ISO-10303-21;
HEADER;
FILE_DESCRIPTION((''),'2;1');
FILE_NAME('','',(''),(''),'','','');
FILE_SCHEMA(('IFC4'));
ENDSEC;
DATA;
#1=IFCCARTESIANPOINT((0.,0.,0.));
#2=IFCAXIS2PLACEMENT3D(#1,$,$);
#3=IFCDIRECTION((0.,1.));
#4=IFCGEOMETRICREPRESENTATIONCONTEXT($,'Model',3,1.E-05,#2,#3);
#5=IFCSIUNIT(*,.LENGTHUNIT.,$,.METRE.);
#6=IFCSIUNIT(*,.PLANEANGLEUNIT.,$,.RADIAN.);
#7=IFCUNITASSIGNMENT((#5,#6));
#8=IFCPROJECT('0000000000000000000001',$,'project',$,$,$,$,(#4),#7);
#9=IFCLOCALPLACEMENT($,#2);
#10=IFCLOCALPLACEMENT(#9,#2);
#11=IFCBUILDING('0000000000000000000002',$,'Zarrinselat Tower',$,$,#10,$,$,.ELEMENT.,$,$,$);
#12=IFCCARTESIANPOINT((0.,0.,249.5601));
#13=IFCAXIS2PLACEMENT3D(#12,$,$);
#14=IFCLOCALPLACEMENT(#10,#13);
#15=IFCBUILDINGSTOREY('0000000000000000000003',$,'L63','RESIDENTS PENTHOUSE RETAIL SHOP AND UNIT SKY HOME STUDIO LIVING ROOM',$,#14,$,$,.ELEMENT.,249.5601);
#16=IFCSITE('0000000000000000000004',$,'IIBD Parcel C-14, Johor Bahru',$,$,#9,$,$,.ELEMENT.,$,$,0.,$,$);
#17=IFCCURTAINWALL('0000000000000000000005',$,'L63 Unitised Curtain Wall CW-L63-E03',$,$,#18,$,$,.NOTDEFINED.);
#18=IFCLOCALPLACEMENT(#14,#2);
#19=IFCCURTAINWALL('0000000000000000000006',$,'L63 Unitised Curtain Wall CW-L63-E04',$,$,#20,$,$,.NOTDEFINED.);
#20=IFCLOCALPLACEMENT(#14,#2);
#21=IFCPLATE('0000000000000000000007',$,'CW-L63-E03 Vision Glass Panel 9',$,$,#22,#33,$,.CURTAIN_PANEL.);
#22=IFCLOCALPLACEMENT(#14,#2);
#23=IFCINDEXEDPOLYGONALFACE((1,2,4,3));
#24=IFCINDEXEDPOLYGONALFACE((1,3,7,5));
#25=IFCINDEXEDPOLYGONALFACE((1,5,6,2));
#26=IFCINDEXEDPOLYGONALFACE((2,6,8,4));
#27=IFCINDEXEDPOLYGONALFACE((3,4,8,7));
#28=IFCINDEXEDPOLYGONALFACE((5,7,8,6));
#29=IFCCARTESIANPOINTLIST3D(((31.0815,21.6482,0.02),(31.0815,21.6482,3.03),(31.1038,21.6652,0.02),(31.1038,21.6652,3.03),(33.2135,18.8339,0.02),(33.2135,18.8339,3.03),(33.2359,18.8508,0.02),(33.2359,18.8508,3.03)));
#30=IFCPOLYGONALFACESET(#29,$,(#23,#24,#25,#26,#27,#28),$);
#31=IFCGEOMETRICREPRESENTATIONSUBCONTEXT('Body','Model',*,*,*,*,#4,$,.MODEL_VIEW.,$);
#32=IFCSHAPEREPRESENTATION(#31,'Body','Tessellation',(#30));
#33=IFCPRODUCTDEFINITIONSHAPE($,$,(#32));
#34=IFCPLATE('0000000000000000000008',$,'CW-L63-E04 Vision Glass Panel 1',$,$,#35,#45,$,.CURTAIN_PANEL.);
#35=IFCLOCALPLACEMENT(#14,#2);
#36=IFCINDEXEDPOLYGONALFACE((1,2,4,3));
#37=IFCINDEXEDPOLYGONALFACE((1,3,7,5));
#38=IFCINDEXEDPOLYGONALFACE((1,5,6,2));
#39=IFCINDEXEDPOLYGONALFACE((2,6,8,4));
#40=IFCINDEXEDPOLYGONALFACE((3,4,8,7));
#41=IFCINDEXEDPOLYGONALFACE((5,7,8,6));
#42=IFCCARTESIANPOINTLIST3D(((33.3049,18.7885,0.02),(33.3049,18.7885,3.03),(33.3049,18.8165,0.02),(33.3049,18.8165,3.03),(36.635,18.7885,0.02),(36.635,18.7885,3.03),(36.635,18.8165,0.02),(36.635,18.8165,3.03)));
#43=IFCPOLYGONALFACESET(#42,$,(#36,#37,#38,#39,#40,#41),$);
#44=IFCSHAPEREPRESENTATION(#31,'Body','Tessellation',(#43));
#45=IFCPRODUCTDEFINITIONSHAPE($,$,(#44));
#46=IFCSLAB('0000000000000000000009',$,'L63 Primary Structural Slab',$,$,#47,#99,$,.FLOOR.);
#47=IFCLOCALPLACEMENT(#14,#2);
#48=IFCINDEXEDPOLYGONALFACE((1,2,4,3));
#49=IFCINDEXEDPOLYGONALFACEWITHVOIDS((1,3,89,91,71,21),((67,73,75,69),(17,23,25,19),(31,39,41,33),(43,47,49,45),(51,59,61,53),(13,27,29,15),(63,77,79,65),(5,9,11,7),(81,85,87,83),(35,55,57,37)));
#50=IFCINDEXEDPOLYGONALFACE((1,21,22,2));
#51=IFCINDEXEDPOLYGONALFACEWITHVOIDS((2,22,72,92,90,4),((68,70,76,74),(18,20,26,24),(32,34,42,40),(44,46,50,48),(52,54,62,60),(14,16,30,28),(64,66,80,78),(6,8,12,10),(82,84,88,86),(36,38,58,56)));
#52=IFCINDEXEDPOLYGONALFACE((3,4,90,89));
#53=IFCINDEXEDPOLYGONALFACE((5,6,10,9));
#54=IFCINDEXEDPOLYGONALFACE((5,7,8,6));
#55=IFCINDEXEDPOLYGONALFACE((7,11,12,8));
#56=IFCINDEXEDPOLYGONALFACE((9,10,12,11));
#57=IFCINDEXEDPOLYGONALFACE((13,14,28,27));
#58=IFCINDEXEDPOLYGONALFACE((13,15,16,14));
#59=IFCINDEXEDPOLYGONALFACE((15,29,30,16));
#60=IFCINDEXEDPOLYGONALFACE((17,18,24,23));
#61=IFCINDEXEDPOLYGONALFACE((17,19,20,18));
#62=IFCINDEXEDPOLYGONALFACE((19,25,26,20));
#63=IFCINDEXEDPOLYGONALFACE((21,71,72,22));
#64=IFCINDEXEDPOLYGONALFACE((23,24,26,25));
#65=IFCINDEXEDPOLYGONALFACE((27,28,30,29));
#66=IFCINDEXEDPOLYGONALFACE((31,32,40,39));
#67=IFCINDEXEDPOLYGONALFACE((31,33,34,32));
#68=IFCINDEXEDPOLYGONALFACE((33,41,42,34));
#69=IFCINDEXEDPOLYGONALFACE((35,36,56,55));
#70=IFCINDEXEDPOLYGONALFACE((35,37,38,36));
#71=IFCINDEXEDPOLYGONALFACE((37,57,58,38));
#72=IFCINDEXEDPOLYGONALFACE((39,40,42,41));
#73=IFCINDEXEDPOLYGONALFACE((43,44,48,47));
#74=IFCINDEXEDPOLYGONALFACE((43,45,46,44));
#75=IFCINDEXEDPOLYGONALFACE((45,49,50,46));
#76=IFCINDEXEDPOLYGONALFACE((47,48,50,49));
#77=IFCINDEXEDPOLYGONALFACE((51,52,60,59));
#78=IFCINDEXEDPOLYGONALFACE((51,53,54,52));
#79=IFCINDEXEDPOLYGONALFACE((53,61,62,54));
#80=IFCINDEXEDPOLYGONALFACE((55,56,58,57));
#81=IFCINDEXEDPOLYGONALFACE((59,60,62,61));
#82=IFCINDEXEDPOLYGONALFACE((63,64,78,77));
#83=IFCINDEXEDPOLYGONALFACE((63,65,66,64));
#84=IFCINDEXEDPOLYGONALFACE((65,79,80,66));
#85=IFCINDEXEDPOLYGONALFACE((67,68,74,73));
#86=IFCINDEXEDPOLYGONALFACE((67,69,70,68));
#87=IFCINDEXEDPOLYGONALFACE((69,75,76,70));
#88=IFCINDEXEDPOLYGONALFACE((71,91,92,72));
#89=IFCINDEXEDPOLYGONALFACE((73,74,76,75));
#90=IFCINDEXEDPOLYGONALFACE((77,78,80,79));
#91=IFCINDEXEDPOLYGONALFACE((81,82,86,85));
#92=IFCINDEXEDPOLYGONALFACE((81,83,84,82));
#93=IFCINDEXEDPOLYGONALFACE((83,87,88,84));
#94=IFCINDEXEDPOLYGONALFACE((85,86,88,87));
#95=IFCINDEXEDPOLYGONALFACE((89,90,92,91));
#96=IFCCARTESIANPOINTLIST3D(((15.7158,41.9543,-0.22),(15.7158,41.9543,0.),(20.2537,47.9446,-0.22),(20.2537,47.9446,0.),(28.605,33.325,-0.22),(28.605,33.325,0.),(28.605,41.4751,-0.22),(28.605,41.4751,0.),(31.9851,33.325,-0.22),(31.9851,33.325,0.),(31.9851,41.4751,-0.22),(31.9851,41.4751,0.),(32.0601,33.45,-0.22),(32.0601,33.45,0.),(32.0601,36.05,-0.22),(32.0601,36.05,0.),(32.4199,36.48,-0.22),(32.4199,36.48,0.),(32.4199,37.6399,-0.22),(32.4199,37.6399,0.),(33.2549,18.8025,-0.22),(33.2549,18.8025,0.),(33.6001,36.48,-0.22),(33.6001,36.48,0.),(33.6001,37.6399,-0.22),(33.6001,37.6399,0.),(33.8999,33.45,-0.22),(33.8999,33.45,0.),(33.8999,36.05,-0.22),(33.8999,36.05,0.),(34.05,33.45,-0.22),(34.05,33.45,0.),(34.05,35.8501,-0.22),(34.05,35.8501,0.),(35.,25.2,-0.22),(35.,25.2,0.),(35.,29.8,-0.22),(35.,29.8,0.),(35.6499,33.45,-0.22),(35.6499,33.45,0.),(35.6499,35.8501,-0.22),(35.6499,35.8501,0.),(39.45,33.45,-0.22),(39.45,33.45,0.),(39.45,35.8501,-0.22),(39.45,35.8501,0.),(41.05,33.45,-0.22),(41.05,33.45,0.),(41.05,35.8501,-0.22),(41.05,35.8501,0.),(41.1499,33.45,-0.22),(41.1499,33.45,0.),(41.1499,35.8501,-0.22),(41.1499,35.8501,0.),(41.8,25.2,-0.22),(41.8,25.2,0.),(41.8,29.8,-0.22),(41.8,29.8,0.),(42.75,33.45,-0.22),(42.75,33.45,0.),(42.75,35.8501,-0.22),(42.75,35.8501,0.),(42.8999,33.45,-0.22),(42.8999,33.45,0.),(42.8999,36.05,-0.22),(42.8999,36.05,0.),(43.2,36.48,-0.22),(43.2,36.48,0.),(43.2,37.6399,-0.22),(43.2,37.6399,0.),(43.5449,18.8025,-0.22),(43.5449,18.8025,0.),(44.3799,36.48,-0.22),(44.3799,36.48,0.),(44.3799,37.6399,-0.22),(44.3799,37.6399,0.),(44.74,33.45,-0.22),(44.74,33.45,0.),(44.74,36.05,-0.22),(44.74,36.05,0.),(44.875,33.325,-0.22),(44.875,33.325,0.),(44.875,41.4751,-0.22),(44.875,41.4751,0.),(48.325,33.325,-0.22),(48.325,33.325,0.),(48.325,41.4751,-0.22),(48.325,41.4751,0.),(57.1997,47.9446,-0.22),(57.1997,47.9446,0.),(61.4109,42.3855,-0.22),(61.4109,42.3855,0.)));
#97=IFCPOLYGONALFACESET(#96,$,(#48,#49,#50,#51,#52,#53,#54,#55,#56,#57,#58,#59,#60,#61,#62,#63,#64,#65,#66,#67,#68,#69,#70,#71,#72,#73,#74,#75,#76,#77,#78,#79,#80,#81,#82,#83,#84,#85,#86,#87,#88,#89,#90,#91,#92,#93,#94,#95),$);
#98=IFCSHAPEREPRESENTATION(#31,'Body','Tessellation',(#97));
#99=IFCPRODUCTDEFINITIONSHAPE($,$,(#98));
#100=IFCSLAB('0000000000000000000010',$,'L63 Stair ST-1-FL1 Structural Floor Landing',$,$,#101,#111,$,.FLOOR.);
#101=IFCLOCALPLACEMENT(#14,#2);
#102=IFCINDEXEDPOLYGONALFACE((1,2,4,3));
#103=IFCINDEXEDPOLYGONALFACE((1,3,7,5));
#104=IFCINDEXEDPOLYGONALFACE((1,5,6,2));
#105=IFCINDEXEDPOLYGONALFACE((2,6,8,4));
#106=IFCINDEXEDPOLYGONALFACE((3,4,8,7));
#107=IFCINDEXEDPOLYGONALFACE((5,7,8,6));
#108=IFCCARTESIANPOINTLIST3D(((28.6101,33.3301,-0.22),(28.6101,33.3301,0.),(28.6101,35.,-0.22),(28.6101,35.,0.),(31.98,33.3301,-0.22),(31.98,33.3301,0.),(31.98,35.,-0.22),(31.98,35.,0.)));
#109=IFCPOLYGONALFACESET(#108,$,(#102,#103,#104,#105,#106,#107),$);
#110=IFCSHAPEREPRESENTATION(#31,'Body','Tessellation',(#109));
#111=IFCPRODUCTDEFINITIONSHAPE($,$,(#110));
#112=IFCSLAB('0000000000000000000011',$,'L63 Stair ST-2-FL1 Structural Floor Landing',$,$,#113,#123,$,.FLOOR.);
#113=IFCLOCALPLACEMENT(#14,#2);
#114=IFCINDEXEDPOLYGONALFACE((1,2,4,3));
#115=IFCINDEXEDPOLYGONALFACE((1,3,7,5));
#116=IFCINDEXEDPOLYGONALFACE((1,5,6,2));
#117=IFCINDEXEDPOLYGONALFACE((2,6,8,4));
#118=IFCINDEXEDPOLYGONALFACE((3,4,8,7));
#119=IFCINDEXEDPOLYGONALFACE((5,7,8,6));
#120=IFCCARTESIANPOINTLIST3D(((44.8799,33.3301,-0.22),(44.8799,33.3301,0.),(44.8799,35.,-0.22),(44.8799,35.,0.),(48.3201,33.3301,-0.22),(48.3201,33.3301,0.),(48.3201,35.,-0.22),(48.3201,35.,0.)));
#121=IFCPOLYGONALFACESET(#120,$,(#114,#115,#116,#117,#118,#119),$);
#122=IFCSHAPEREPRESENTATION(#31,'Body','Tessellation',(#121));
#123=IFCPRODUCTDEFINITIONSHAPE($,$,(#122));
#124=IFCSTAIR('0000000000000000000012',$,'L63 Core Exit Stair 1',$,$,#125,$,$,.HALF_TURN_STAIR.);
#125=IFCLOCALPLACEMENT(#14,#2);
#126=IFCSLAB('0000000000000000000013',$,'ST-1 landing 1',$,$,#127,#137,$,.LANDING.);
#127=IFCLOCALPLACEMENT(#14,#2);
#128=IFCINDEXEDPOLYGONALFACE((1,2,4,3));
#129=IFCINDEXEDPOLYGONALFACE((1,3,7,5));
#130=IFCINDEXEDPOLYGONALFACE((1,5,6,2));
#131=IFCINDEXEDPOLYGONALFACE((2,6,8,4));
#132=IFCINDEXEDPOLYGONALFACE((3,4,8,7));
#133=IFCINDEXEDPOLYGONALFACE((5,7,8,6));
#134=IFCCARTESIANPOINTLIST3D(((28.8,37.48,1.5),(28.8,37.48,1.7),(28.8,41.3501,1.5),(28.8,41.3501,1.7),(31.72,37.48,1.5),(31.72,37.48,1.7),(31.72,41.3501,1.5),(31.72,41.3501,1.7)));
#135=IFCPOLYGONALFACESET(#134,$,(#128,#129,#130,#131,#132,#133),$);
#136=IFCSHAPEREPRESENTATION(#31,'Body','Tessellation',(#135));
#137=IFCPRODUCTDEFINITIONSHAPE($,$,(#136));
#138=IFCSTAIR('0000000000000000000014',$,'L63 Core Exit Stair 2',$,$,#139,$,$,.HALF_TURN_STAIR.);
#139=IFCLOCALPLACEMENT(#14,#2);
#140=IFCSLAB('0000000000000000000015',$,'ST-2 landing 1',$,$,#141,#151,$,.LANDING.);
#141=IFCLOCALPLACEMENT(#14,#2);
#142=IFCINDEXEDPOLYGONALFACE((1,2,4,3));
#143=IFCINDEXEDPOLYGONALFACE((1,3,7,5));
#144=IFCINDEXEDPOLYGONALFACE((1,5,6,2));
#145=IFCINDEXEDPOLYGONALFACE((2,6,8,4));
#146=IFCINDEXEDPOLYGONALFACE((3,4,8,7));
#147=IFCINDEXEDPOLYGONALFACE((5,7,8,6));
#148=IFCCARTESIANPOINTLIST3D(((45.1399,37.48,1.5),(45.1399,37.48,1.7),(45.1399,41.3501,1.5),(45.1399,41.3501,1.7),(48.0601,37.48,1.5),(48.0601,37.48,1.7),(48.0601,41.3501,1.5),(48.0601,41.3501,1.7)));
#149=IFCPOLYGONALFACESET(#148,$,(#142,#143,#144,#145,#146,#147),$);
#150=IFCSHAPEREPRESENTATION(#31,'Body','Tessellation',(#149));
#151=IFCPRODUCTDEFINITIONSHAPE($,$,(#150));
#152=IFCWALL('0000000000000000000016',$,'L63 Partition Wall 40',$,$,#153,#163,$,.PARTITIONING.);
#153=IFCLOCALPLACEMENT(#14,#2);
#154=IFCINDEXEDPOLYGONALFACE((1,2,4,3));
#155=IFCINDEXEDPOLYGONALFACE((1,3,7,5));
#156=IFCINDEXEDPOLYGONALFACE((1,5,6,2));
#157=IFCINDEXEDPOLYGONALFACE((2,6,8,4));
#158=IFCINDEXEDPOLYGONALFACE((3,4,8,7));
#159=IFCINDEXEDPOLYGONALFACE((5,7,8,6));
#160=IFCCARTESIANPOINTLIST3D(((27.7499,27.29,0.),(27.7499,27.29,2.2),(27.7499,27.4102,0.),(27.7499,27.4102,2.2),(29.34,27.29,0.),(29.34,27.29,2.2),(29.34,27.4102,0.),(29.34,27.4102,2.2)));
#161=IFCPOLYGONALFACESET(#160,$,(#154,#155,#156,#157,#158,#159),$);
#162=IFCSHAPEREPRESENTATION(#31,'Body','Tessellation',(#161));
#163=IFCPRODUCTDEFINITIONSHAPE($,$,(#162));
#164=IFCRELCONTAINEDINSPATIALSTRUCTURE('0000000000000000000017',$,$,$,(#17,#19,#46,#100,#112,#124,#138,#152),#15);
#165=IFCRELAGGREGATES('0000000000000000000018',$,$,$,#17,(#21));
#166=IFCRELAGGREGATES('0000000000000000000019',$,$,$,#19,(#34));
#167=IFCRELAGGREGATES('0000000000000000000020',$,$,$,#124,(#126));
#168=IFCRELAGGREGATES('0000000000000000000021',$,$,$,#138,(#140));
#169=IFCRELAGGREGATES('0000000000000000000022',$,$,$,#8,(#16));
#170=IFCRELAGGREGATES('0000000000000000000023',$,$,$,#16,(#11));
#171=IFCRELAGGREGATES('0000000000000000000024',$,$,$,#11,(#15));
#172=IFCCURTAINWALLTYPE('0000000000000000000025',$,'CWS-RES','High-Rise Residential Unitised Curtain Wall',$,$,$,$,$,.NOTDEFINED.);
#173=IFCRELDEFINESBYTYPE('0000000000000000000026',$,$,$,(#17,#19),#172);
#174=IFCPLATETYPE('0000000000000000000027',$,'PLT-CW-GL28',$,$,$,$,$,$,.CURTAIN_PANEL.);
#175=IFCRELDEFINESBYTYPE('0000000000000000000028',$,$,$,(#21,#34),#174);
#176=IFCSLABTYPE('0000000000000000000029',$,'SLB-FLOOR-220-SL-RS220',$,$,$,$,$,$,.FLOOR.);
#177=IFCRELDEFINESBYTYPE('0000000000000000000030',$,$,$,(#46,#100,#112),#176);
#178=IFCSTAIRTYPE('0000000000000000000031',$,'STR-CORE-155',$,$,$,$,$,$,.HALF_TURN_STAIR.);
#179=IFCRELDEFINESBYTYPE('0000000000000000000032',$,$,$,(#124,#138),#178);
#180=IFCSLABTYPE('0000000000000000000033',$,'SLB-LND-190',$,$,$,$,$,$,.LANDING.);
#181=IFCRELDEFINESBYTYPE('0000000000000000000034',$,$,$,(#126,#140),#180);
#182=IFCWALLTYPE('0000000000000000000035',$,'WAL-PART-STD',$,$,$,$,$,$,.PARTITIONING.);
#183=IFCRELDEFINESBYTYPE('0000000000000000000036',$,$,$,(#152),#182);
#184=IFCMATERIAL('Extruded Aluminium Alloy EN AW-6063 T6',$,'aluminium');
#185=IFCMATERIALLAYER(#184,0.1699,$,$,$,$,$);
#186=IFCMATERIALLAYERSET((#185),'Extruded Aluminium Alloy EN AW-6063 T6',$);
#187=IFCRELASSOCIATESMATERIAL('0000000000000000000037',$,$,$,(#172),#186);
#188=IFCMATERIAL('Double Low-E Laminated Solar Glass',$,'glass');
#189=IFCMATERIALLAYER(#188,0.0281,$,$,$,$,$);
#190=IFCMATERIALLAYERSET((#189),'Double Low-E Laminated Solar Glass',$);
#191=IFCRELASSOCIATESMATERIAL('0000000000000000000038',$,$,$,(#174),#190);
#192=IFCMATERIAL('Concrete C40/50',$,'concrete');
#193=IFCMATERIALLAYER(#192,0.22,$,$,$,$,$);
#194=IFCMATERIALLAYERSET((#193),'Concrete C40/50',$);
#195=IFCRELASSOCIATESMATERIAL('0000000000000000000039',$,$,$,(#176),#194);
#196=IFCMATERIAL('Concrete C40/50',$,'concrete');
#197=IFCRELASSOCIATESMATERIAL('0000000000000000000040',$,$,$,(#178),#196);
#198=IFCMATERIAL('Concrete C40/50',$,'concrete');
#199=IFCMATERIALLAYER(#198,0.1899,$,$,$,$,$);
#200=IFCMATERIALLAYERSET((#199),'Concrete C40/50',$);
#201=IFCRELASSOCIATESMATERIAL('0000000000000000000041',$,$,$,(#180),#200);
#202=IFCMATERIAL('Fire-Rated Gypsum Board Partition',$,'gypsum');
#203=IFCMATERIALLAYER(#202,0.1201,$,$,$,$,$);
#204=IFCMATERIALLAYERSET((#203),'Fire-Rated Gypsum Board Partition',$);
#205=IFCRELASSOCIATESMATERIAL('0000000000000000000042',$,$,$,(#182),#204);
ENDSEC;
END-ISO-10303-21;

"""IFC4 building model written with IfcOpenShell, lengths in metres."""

from ifc_helpers import new_model, si_unit, direction, frame, frame_2d, origin, origin_2d, place, context, subcontext, project, spatial, polyline, rectangle, outline, extrude, material, layer, layer_set, type_object, element, aggregate, save


model = new_model("IFC4")

# Units and contexts
model_context = context("Model", 3, precision=1e-05, world=origin(), true_north=direction((0.0, 1.0)))
body_context = subcontext(model_context, "Body", "Model", "MODEL_VIEW")
ifc_project = project(units=[si_unit("LENGTHUNIT", "METRE"), si_unit("PLANEANGLEUNIT", "RADIAN")], contexts=[model_context])

# Site, building, storey
site_placement = place(None, origin())
site = spatial("IfcSite", under=ifc_project, at=site_placement, Name="IIBD Parcel C-14, Johor Bahru", CompositionType="ELEMENT", RefElevation=0.0)
building_placement = place(site_placement, origin())
building = spatial("IfcBuilding", under=site, at=building_placement, Name="Zarrinselat Tower", CompositionType="ELEMENT")
storey_placement = place(building_placement, frame((0.0, 0.0, 249.5601)))
storey = spatial("IfcBuildingStorey", under=building, at=storey_placement, Name="L63", Description="RESIDENTS PENTHOUSE RETAIL SHOP AND UNIT SKY HOME STUDIO LIVING ROOM", CompositionType="ELEMENT", Elevation=249.5601)

# Curtain wall
ifc_material_1 = material(Name="Extruded Aluminium Alloy EN AW-6063 T6", Category="aluminium")
ifc_layer_1 = layer(ifc_material_1, 0.1699)
ifc_layer_set_1 = layer_set([ifc_layer_1], Name="Extruded Aluminium Alloy EN AW-6063 T6")
curtain_wall_type = type_object("IfcCurtainWallType", Name="CWS-RES", Description="High-Rise Residential Unitised Curtain Wall", PredefinedType="NOTDEFINED", material=ifc_layer_set_1)
curtain_wall_1_placement = place(storey_placement, origin())
curtain_wall_1 = element("IfcCurtainWall", 1, at=curtain_wall_1_placement, inside=storey, type_object=curtain_wall_type, Name="L63 Unitised Curtain Wall CW-L63-E03", PredefinedType="NOTDEFINED")

# Curtain wall
curtain_wall_2_placement = place(storey_placement, origin())
curtain_wall_2 = element("IfcCurtainWall", 2, at=curtain_wall_2_placement, inside=storey, type_object=curtain_wall_type, Name="L63 Unitised Curtain Wall CW-L63-E04", PredefinedType="NOTDEFINED")

# Plates
ifc_material_2 = material(Name="Double Low-E Laminated Solar Glass", Category="glass")
ifc_layer_2 = layer(ifc_material_2, 0.0281)
ifc_layer_set_2 = layer_set([ifc_layer_2], Name="Double Low-E Laminated Solar Glass")
plate_type = type_object("IfcPlateType", Name="PLT-CW-GL28", PredefinedType="CURTAIN_PANEL", material=ifc_layer_set_2)
plate_1_placement = place(storey_placement, frame((32.1587, 20.2495, 0.02), z_axis=(0.0, 0.0, 1.0), x_axis=(0.603857, -0.797092, 0.0)))
plate_1 = element("IfcPlate", 3, at=plate_1_placement, type_object=plate_type, Name="CW-L63-E03 Vision Glass Panel 9", PredefinedType="CURTAIN_PANEL", context=body_context, shape_type="SweptSolid", body=[
    extrude(rectangle(XDim=3.5308, YDim=0.0281, at=origin_2d()), origin(), (0.0, 0.0, 1.0), 3.01),
])
aggregate(curtain_wall_1, [plate_1])
plate_2_placement = place(storey_placement, frame((34.97, 18.8025, 0.02), z_axis=(0.0, 0.0, 1.0), x_axis=(1.0, 0.0, 0.0)))
plate_2 = element("IfcPlate", 4, at=plate_2_placement, type_object=plate_type, Name="CW-L63-E04 Vision Glass Panel 1", PredefinedType="CURTAIN_PANEL", context=body_context, shape_type="SweptSolid", body=[
    extrude(rectangle(XDim=3.3301, YDim=0.0281, at=origin_2d()), origin(), (0.0, 0.0, 1.0), 3.01),
])
aggregate(curtain_wall_2, [plate_2])

# Slabs
ifc_material_3 = material(Name="Concrete C40/50", Category="concrete")
ifc_layer_3 = layer(ifc_material_3, 0.22)
ifc_layer_set_3 = layer_set([ifc_layer_3], Name="Concrete C40/50")
slab_type_1 = type_object("IfcSlabType", Name="SLB-FLOOR-220-SL-RS220", PredefinedType="FLOOR", material=ifc_layer_set_3)
slab_1_placement = place(storey_placement, frame((0.0, 0.0, -0.22)))
element("IfcSlab", 5, at=slab_1_placement, inside=storey, type_object=slab_type_1, Name="L63 Primary Structural Slab", PredefinedType="FLOOR", context=body_context, shape_type="SweptSolid", body=[
    extrude(outline(polyline([(57.1997, 47.9446), (20.2537, 47.9446), (15.7158, 41.9543), (33.2549, 18.8025), (43.5449, 18.8025), (61.4109, 42.3855), (57.1997, 47.9446)]), holes=[polyline([(41.8, 25.2), (35.0, 25.2), (35.0, 29.8), (41.8, 29.8), (41.8, 25.2)]), polyline([(35.6499, 33.45), (34.05, 33.45), (34.05, 35.8501), (35.6499, 35.8501), (35.6499, 33.45)]), polyline([(41.05, 33.45), (39.45, 33.45), (39.45, 35.8501), (41.05, 35.8501), (41.05, 33.45)]), polyline([(41.1499, 33.45), (41.1499, 35.8501), (42.75, 35.8501), (42.75, 33.45), (41.1499, 33.45)]), polyline([(32.0601, 33.45), (32.0601, 36.05), (33.8999, 36.05), (33.8999, 33.45), (32.0601, 33.45)]), polyline([(44.74, 33.45), (42.8999, 33.45), (42.8999, 36.05), (44.74, 36.05), (44.74, 33.45)]), polyline([(33.6001, 36.48), (32.4199, 36.48), (32.4199, 37.6399), (33.6001, 37.6399), (33.6001, 36.48)]), polyline([(44.3799, 36.48), (43.2, 36.48), (43.2, 37.6399), (44.3799, 37.6399), (44.3799, 36.48)]), polyline([(31.9851, 33.325), (28.605, 33.325), (28.605, 41.4751), (31.9851, 41.4751), (31.9851, 33.325)]), polyline([(48.325, 33.325), (44.875, 33.325), (44.875, 41.4751), (48.325, 41.4751), (48.325, 33.325)])]), origin(), (0.0, 0.0, 1.0), 0.22),
])
slab_2_placement = place(storey_placement, frame((0.0, 0.0, -0.22)))
element("IfcSlab", 6, at=slab_2_placement, inside=storey, type_object=slab_type_1, Name="L63 Stair ST-1-FL1 Structural Floor Landing", PredefinedType="FLOOR", context=body_context, shape_type="SweptSolid", body=[
    extrude(outline(polyline([(31.98, 33.3301), (31.98, 35.0), (28.6101, 35.0), (28.6101, 33.3301), (31.98, 33.3301)])), origin(), (0.0, 0.0, 1.0), 0.22),
])
slab_3_placement = place(storey_placement, frame((0.0, 0.0, -0.22)))
element("IfcSlab", 7, at=slab_3_placement, inside=storey, type_object=slab_type_1, Name="L63 Stair ST-2-FL1 Structural Floor Landing", PredefinedType="FLOOR", context=body_context, shape_type="SweptSolid", body=[
    extrude(outline(polyline([(48.3201, 33.3301), (48.3201, 35.0), (44.8799, 35.0), (44.8799, 33.3301), (48.3201, 33.3301)])), origin(), (0.0, 0.0, 1.0), 0.22),
])

# Stairs, slabs
ifc_material_4 = material(Name="Concrete C40/50", Category="concrete")
stair_type = type_object("IfcStairType", Name="STR-CORE-155", PredefinedType="HALF_TURN_STAIR", material=ifc_material_4)
stair_1_placement = place(storey_placement, origin())
stair_1 = element("IfcStair", 8, at=stair_1_placement, inside=storey, type_object=stair_type, Name="L63 Core Exit Stair 1", PredefinedType="HALF_TURN_STAIR")
ifc_material_5 = material(Name="Concrete C40/50", Category="concrete")
ifc_layer_4 = layer(ifc_material_5, 0.1899)
ifc_layer_set_4 = layer_set([ifc_layer_4], Name="Concrete C40/50")
slab_type_2 = type_object("IfcSlabType", Name="SLB-LND-190", PredefinedType="LANDING", material=ifc_layer_set_4)
slab_4_placement = place(storey_placement, frame((0.0, 0.0, 1.5)))
slab_4 = element("IfcSlab", 9, at=slab_4_placement, type_object=slab_type_2, Name="ST-1 landing 1", PredefinedType="LANDING", context=body_context, shape_type="SweptSolid", body=[
    extrude(outline(polyline([(31.72, 37.48), (31.72, 41.3501), (28.8, 41.3501), (28.8, 37.48), (31.72, 37.48)])), origin(), (0.0, 0.0, 1.0), 0.2),
])
aggregate(stair_1, [slab_4])
stair_2_placement = place(storey_placement, origin())
stair_2 = element("IfcStair", 10, at=stair_2_placement, inside=storey, type_object=stair_type, Name="L63 Core Exit Stair 2", PredefinedType="HALF_TURN_STAIR")
slab_5_placement = place(storey_placement, frame((0.0, 0.0, 1.5)))
slab_5 = element("IfcSlab", 11, at=slab_5_placement, type_object=slab_type_2, Name="ST-2 landing 1", PredefinedType="LANDING", context=body_context, shape_type="SweptSolid", body=[
    extrude(outline(polyline([(48.0601, 37.48), (48.0601, 41.3501), (45.1399, 41.3501), (45.1399, 37.48), (48.0601, 37.48)])), origin(), (0.0, 0.0, 1.0), 0.2),
])
aggregate(stair_2, [slab_5])

# Wall
ifc_material_6 = material(Name="Fire-Rated Gypsum Board Partition", Category="gypsum")
ifc_layer_5 = layer(ifc_material_6, 0.1201)
ifc_layer_set_5 = layer_set([ifc_layer_5], Name="Fire-Rated Gypsum Board Partition")
wall_type_1 = type_object("IfcWallType", Name="WAL-PART-STD", PredefinedType="PARTITIONING", material=ifc_layer_set_5)
wall_1_placement = place(storey_placement, frame((27.75, 27.3501, 0.0), z_axis=(0.0, 0.0, 1.0), x_axis=(1.0, 0.0, 0.0)))
element("IfcWall", 12, at=wall_1_placement, inside=storey, type_object=wall_type_1, Name="L63 Partition Wall 40", PredefinedType="PARTITIONING", context=body_context, shape_type="SweptSolid", body=[
    extrude(rectangle(XDim=1.5901, YDim=0.1201, at=frame_2d((0.7949, 0.0))), origin(), (0.0, 0.0, 1.0), 2.2),
])

save(model, "model.ifc")
